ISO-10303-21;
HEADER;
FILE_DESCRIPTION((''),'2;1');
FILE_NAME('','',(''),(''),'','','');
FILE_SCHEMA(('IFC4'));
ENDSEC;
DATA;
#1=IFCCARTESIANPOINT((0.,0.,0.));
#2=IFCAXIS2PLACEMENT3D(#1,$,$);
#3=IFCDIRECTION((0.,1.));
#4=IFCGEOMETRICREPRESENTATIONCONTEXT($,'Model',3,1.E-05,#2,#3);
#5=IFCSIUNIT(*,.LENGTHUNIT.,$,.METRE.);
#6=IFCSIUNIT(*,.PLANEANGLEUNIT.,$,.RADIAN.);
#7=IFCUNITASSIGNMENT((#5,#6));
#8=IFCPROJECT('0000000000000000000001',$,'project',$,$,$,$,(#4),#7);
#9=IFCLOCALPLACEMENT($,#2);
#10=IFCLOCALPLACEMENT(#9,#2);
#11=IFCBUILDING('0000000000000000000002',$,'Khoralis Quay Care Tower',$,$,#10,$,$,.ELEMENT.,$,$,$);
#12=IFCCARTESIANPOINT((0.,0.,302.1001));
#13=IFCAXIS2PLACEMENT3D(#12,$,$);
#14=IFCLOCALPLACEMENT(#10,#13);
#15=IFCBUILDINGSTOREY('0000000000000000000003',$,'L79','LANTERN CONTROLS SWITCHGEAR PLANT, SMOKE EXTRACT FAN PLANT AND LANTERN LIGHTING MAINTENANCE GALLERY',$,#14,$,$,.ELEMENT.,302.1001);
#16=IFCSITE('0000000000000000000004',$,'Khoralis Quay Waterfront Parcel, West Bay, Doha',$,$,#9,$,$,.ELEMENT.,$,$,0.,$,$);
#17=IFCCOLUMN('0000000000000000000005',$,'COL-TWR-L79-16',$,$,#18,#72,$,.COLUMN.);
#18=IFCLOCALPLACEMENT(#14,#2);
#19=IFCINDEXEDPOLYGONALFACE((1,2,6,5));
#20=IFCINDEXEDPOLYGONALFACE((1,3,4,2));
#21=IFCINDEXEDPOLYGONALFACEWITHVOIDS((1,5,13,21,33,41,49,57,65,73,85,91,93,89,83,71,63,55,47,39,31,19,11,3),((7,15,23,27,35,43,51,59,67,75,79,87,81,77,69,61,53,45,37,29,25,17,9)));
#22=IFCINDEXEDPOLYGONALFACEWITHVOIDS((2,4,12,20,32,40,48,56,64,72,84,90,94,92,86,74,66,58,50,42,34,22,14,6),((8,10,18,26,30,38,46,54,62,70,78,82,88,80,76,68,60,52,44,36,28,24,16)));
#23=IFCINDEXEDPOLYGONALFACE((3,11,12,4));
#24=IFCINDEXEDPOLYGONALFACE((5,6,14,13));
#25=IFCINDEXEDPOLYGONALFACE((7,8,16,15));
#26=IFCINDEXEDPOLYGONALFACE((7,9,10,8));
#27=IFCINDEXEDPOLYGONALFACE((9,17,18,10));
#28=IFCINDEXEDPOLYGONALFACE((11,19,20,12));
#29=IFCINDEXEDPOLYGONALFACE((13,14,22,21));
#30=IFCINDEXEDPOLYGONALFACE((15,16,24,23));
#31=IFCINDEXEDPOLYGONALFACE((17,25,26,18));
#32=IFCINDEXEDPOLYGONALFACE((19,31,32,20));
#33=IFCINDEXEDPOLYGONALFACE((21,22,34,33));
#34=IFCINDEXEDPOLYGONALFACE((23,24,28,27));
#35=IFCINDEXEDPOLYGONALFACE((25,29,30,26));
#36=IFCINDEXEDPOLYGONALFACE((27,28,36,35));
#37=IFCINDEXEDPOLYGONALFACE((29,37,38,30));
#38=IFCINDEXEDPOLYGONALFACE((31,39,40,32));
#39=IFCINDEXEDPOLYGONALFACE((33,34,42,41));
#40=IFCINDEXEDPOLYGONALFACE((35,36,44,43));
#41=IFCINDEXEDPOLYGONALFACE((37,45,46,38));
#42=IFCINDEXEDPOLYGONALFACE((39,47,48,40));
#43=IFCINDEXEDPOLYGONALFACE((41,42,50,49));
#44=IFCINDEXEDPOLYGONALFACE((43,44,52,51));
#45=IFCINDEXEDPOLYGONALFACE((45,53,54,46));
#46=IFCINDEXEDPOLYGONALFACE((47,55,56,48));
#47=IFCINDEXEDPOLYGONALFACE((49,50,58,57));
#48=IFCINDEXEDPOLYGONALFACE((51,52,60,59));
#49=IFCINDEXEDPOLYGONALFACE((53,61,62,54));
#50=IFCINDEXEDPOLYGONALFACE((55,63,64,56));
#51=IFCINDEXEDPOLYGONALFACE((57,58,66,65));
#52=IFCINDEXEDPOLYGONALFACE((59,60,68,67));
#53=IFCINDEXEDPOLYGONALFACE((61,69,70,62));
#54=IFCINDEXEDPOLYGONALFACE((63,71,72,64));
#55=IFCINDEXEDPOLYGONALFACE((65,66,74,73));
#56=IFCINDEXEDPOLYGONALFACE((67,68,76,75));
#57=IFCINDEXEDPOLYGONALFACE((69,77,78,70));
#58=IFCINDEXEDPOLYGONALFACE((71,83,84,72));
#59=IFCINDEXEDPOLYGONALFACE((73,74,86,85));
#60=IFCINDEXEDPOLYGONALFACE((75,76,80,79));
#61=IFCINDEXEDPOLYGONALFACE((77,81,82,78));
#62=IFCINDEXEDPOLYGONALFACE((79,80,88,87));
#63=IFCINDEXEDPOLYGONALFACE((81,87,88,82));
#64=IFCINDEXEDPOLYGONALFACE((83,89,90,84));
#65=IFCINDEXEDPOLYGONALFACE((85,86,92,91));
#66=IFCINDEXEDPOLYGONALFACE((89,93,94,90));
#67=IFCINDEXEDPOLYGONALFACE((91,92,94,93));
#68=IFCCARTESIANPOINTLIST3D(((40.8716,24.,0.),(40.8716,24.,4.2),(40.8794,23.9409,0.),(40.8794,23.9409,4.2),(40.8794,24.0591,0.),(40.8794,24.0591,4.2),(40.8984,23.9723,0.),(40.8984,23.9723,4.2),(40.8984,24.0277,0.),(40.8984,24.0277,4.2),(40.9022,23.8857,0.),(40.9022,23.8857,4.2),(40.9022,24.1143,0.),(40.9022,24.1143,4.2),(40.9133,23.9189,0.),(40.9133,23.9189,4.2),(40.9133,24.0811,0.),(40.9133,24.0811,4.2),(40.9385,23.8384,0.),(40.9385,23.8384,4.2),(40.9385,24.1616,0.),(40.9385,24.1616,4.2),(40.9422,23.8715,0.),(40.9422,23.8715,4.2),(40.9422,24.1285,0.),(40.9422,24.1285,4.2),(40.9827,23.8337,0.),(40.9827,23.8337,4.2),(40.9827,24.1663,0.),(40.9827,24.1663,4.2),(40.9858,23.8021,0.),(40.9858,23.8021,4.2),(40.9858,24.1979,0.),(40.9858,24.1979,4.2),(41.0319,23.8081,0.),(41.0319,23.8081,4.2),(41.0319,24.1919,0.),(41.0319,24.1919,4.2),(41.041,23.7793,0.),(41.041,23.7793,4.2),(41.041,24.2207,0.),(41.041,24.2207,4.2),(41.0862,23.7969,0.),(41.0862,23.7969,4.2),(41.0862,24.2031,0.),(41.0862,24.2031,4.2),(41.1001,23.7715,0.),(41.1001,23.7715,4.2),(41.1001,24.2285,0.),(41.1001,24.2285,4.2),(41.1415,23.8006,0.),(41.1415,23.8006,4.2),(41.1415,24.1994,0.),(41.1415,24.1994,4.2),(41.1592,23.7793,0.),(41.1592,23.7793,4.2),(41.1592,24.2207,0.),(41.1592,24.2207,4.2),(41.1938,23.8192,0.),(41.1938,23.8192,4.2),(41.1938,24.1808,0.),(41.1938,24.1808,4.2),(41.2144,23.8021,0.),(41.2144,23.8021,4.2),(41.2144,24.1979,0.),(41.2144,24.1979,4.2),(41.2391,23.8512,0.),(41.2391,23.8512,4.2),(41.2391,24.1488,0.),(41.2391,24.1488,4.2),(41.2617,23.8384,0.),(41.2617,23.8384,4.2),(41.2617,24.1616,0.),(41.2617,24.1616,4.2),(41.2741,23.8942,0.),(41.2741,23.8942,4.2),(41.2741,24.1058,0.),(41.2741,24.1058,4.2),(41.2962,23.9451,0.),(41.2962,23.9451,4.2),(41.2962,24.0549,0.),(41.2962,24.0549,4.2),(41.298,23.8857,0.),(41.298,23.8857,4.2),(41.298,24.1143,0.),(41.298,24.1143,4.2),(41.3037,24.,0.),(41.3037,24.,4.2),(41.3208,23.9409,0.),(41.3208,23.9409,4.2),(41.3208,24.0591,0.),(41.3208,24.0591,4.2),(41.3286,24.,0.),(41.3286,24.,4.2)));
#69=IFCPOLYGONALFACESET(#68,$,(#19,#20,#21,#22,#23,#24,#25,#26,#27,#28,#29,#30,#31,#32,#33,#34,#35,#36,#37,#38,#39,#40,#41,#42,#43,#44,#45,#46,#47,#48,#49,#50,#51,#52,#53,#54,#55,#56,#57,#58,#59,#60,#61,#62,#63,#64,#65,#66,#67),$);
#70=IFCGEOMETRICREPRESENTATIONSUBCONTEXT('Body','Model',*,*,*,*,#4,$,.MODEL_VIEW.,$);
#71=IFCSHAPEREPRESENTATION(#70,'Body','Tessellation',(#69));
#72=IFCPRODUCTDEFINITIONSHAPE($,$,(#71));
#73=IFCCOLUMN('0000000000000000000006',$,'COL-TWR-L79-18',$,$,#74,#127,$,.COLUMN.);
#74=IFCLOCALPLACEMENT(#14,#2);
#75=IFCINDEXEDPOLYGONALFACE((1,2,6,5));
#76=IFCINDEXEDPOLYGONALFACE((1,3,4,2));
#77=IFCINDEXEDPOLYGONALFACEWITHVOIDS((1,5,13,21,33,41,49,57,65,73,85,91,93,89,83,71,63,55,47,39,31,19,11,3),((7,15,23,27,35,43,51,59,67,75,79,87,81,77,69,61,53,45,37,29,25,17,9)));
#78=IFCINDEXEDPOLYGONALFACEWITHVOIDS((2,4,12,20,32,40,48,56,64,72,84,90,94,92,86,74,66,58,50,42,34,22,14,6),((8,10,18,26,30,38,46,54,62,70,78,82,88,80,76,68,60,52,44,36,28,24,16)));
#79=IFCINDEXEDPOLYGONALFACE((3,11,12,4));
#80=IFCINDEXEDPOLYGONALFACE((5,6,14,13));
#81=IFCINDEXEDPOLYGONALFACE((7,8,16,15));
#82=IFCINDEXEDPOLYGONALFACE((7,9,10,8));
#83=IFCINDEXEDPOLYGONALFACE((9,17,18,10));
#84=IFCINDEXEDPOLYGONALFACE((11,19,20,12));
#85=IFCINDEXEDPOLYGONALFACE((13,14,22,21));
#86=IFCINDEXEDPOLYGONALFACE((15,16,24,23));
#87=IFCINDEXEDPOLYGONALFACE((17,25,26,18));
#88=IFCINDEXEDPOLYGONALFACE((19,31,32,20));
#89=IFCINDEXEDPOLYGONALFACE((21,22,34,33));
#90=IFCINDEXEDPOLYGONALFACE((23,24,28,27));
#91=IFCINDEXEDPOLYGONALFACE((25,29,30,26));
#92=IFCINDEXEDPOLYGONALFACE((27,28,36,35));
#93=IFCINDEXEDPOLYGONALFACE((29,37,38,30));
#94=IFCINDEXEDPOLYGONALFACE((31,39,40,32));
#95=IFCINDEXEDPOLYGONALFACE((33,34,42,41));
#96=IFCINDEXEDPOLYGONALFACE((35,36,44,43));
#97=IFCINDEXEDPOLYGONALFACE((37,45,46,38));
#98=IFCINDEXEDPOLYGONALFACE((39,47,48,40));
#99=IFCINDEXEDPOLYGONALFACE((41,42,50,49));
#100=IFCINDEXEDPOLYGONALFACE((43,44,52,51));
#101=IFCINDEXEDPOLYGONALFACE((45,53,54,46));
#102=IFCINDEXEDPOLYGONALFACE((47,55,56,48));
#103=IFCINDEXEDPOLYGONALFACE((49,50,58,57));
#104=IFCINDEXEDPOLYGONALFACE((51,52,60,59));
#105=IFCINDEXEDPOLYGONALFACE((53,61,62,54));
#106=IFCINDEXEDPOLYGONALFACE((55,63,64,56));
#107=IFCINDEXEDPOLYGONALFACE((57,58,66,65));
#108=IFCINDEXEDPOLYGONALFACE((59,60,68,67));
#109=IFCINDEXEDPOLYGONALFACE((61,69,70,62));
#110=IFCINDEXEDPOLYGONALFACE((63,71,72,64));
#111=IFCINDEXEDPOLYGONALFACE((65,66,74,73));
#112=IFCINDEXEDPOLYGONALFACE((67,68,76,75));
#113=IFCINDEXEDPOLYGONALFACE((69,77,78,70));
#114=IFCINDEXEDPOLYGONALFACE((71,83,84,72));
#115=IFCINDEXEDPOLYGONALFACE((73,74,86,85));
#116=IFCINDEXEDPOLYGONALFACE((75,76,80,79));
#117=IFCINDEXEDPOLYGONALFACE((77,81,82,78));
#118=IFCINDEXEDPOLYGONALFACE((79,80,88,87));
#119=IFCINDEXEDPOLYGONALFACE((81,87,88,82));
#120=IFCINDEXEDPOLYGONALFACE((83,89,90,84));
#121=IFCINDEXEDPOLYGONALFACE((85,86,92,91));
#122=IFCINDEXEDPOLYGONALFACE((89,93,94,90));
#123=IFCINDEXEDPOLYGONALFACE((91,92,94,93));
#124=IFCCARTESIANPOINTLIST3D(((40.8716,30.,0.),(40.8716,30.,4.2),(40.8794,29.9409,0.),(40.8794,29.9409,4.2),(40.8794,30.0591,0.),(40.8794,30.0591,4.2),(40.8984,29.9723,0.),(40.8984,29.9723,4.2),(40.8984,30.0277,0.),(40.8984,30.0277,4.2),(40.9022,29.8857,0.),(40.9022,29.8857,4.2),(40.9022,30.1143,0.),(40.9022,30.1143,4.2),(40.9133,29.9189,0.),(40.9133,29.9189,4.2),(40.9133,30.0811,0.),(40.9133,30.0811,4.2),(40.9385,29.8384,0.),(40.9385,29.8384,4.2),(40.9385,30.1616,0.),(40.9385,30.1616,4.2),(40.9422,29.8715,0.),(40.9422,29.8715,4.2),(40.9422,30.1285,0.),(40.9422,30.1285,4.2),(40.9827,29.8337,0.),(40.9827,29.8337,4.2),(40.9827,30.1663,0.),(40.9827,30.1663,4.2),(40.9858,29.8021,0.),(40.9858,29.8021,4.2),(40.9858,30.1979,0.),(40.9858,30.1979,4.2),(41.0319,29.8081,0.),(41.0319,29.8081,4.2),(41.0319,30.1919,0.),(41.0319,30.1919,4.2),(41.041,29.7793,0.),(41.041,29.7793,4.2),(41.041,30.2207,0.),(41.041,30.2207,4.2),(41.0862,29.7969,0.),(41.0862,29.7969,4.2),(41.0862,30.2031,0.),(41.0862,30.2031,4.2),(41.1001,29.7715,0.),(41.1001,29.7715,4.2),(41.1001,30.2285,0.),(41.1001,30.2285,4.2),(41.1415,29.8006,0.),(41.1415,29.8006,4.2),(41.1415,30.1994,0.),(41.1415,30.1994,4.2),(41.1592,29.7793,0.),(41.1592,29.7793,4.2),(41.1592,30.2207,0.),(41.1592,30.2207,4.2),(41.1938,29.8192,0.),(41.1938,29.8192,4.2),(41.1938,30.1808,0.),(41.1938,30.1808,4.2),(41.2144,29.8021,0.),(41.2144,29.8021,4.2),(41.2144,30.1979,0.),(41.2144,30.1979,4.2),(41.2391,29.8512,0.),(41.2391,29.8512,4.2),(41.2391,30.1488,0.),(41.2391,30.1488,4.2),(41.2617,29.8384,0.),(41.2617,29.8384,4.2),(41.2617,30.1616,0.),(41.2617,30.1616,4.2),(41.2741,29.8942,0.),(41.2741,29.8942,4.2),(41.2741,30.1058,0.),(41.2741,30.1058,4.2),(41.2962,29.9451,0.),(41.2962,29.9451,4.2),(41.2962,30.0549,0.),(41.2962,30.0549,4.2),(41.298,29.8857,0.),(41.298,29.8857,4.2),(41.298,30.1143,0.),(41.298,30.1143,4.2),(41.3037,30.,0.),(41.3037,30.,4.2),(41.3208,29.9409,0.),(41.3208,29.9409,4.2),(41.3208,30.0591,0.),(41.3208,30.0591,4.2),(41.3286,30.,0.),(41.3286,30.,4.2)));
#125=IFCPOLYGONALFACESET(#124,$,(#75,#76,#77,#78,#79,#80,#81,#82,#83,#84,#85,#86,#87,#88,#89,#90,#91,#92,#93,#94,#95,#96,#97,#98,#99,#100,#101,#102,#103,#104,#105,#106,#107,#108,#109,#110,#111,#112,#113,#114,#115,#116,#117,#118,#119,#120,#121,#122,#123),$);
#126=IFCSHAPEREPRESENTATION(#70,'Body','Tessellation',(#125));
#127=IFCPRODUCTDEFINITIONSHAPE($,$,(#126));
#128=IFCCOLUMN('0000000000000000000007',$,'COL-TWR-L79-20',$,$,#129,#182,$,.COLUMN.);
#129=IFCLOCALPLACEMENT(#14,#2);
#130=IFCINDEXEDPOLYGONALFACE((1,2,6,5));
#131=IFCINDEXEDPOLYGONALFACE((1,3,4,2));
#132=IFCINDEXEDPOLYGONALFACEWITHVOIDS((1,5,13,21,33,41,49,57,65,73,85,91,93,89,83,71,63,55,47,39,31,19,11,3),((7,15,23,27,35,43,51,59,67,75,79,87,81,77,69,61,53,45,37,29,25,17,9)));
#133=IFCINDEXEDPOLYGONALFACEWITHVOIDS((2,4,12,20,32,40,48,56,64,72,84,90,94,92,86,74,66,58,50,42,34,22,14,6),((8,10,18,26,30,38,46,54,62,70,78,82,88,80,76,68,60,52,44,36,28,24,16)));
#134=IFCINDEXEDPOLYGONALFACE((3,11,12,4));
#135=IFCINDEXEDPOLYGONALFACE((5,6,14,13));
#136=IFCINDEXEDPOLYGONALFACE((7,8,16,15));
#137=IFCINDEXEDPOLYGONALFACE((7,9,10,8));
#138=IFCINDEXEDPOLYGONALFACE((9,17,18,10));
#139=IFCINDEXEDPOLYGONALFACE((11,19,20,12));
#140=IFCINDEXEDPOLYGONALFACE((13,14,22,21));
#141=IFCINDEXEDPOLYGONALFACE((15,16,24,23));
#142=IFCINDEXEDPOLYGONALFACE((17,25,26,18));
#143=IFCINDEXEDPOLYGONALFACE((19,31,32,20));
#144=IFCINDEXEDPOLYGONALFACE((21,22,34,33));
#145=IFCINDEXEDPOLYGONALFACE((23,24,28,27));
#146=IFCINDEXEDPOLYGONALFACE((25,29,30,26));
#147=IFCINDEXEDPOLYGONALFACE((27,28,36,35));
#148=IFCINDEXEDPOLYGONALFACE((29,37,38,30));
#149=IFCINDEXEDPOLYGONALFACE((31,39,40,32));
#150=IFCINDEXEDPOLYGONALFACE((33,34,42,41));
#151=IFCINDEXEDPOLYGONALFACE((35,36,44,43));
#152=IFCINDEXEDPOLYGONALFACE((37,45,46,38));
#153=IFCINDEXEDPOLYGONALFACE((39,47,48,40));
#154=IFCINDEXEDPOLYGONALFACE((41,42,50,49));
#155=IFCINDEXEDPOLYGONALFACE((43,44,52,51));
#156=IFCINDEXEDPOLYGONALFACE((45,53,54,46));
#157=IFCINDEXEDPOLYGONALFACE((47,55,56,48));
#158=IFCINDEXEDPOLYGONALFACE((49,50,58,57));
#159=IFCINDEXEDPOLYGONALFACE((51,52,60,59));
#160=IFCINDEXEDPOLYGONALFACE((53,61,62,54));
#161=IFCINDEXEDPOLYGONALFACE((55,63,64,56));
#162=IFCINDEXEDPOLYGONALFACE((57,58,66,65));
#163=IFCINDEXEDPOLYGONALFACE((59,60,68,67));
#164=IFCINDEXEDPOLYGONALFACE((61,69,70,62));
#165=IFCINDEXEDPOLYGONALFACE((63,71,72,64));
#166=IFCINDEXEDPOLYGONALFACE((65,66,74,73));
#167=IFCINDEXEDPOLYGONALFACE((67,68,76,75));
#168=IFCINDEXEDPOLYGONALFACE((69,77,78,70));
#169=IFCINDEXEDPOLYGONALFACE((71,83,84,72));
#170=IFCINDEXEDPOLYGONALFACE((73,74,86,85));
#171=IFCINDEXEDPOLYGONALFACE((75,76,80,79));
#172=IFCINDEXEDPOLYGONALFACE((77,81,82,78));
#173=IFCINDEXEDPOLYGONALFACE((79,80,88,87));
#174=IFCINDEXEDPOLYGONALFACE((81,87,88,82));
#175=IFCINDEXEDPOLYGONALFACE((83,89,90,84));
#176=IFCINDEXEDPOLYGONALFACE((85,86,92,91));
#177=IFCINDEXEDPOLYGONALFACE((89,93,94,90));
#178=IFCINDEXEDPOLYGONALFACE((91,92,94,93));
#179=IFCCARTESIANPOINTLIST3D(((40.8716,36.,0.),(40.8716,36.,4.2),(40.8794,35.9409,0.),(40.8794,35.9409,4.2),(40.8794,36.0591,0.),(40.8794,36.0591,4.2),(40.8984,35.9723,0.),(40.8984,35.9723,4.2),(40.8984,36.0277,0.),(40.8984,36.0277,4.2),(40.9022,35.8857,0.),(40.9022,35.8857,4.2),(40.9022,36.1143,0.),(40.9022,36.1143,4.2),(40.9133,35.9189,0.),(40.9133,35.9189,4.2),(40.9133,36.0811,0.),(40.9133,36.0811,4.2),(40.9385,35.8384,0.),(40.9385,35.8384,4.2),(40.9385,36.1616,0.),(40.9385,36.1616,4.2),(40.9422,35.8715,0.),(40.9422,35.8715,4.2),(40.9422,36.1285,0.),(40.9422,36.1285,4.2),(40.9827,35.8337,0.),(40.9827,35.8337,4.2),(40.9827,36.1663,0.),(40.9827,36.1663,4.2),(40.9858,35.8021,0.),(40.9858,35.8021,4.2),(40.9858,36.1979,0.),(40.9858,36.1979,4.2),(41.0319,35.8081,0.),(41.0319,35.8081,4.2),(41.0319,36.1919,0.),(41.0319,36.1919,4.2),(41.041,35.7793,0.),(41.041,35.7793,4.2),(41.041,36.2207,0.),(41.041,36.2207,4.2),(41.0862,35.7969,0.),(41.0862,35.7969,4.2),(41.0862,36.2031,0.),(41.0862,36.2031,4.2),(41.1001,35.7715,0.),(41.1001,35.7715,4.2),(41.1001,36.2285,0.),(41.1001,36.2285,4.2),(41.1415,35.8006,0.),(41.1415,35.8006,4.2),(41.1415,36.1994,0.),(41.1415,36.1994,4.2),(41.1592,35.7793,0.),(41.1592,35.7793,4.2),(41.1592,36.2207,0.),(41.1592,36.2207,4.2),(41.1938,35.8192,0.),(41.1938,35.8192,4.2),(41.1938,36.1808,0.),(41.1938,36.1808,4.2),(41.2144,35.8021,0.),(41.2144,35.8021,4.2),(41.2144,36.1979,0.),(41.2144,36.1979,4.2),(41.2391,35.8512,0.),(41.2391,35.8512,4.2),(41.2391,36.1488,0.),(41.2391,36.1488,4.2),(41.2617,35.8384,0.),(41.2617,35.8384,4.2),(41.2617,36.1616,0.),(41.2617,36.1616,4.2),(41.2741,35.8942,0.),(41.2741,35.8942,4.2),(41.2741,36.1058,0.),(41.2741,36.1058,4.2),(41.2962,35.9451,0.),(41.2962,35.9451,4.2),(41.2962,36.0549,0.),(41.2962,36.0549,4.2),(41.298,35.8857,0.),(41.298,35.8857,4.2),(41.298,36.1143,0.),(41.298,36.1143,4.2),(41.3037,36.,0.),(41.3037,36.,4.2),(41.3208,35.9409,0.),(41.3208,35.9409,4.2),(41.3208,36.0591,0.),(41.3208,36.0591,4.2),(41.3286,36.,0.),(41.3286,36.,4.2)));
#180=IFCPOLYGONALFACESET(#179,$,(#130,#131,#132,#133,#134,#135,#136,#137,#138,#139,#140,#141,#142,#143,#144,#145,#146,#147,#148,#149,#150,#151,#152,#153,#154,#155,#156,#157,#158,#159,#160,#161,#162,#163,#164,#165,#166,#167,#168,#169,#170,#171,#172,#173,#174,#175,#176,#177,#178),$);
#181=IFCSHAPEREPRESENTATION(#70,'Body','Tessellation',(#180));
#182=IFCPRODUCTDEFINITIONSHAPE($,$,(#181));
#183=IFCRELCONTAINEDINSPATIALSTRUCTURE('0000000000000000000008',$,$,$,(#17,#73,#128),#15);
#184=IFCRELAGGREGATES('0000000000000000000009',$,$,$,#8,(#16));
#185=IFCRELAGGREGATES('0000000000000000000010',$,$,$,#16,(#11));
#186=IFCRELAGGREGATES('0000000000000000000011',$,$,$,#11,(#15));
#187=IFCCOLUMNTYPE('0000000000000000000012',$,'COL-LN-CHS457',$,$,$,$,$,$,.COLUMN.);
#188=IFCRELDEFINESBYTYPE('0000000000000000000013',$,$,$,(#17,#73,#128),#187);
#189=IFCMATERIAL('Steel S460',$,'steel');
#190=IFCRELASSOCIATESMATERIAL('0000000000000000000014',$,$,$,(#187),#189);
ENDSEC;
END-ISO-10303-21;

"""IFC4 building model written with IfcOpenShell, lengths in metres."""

from ifc_helpers import new_model, si_unit, direction, frame, origin, origin_2d, place, context, subcontext, project, spatial, hollow_circle, extrude, source, transform, mapped, material, material_profile, profile_set, type_object, element, save


model = new_model("IFC4")

# Units and contexts
model_context = context("Model", 3, precision=1e-05, world=origin(), true_north=direction((0.0, 1.0)))
body_context = subcontext(model_context, "Body", "Model", "MODEL_VIEW")
ifc_project = project(units=[si_unit("LENGTHUNIT", "METRE"), si_unit("PLANEANGLEUNIT", "RADIAN")], contexts=[model_context])

# Site, building, storey
site_placement = place(None, origin())
site = spatial("IfcSite", under=ifc_project, at=site_placement, Name="Khoralis Quay Waterfront Parcel, West Bay, Doha", CompositionType="ELEMENT", RefElevation=0.0)
building_placement = place(site_placement, origin())
building = spatial("IfcBuilding", under=site, at=building_placement, Name="Khoralis Quay Care Tower", CompositionType="ELEMENT")
storey_placement = place(building_placement, frame((0.0, 0.0, 302.1001)))
storey = spatial("IfcBuildingStorey", under=building, at=storey_placement, Name="L79", Description="LANTERN CONTROLS SWITCHGEAR PLANT, SMOKE EXTRACT FAN PLANT AND LANTERN LIGHTING MAINTENANCE GALLERY", CompositionType="ELEMENT", Elevation=302.1001)

# Columns
ifc_material_1 = material(Name="Steel S460", Category="steel")
ifc_material_profile_1 = material_profile(ifc_material_1, hollow_circle(Radius=0.2285, WallThickness=0.0249, at=origin_2d()), Name="Steel S460")
ifc_profile_set_1 = profile_set([ifc_material_profile_1], Name="Steel S460")
column_type = type_object("IfcColumnType", Name="COL-LN-CHS457", PredefinedType="COLUMN", material=ifc_profile_set_1)
shared_shape_1 = source(origin(), body_context, "Body", "SweptSolid", [
    extrude(hollow_circle(Radius=0.2285, WallThickness=0.0249, at=origin_2d()), origin(), (0.0, 0.0, 1.0), 4.2),
])
for number, where, z_axis, x_axis, name in (
    (1, (41.1001, 24.0, 0.0), (0.0, 0.0, 1.0), (1.0, 0.0, 0.0), "COL-TWR-L79-16"),
    (2, (41.1001, 30.0, 0.0), (0.0, 0.0, 1.0), (1.0, 0.0, 0.0), "COL-TWR-L79-18"),
    (3, (41.1001, 36.0, 0.0), (0.0, 0.0, 1.0), (1.0, 0.0, 0.0), "COL-TWR-L79-20"),
):
    element("IfcColumn", number, at=place(storey_placement, frame(where, z_axis=z_axis, x_axis=x_axis)), inside=storey, type_object=column_type, Name=name, PredefinedType="COLUMN", context=body_context, shape_type="MappedRepresentation", body=[
        mapped(shared_shape_1, transform((0.0, 0.0, 0.0), scale=1.0)),
    ])

save(model, "model.ifc")
